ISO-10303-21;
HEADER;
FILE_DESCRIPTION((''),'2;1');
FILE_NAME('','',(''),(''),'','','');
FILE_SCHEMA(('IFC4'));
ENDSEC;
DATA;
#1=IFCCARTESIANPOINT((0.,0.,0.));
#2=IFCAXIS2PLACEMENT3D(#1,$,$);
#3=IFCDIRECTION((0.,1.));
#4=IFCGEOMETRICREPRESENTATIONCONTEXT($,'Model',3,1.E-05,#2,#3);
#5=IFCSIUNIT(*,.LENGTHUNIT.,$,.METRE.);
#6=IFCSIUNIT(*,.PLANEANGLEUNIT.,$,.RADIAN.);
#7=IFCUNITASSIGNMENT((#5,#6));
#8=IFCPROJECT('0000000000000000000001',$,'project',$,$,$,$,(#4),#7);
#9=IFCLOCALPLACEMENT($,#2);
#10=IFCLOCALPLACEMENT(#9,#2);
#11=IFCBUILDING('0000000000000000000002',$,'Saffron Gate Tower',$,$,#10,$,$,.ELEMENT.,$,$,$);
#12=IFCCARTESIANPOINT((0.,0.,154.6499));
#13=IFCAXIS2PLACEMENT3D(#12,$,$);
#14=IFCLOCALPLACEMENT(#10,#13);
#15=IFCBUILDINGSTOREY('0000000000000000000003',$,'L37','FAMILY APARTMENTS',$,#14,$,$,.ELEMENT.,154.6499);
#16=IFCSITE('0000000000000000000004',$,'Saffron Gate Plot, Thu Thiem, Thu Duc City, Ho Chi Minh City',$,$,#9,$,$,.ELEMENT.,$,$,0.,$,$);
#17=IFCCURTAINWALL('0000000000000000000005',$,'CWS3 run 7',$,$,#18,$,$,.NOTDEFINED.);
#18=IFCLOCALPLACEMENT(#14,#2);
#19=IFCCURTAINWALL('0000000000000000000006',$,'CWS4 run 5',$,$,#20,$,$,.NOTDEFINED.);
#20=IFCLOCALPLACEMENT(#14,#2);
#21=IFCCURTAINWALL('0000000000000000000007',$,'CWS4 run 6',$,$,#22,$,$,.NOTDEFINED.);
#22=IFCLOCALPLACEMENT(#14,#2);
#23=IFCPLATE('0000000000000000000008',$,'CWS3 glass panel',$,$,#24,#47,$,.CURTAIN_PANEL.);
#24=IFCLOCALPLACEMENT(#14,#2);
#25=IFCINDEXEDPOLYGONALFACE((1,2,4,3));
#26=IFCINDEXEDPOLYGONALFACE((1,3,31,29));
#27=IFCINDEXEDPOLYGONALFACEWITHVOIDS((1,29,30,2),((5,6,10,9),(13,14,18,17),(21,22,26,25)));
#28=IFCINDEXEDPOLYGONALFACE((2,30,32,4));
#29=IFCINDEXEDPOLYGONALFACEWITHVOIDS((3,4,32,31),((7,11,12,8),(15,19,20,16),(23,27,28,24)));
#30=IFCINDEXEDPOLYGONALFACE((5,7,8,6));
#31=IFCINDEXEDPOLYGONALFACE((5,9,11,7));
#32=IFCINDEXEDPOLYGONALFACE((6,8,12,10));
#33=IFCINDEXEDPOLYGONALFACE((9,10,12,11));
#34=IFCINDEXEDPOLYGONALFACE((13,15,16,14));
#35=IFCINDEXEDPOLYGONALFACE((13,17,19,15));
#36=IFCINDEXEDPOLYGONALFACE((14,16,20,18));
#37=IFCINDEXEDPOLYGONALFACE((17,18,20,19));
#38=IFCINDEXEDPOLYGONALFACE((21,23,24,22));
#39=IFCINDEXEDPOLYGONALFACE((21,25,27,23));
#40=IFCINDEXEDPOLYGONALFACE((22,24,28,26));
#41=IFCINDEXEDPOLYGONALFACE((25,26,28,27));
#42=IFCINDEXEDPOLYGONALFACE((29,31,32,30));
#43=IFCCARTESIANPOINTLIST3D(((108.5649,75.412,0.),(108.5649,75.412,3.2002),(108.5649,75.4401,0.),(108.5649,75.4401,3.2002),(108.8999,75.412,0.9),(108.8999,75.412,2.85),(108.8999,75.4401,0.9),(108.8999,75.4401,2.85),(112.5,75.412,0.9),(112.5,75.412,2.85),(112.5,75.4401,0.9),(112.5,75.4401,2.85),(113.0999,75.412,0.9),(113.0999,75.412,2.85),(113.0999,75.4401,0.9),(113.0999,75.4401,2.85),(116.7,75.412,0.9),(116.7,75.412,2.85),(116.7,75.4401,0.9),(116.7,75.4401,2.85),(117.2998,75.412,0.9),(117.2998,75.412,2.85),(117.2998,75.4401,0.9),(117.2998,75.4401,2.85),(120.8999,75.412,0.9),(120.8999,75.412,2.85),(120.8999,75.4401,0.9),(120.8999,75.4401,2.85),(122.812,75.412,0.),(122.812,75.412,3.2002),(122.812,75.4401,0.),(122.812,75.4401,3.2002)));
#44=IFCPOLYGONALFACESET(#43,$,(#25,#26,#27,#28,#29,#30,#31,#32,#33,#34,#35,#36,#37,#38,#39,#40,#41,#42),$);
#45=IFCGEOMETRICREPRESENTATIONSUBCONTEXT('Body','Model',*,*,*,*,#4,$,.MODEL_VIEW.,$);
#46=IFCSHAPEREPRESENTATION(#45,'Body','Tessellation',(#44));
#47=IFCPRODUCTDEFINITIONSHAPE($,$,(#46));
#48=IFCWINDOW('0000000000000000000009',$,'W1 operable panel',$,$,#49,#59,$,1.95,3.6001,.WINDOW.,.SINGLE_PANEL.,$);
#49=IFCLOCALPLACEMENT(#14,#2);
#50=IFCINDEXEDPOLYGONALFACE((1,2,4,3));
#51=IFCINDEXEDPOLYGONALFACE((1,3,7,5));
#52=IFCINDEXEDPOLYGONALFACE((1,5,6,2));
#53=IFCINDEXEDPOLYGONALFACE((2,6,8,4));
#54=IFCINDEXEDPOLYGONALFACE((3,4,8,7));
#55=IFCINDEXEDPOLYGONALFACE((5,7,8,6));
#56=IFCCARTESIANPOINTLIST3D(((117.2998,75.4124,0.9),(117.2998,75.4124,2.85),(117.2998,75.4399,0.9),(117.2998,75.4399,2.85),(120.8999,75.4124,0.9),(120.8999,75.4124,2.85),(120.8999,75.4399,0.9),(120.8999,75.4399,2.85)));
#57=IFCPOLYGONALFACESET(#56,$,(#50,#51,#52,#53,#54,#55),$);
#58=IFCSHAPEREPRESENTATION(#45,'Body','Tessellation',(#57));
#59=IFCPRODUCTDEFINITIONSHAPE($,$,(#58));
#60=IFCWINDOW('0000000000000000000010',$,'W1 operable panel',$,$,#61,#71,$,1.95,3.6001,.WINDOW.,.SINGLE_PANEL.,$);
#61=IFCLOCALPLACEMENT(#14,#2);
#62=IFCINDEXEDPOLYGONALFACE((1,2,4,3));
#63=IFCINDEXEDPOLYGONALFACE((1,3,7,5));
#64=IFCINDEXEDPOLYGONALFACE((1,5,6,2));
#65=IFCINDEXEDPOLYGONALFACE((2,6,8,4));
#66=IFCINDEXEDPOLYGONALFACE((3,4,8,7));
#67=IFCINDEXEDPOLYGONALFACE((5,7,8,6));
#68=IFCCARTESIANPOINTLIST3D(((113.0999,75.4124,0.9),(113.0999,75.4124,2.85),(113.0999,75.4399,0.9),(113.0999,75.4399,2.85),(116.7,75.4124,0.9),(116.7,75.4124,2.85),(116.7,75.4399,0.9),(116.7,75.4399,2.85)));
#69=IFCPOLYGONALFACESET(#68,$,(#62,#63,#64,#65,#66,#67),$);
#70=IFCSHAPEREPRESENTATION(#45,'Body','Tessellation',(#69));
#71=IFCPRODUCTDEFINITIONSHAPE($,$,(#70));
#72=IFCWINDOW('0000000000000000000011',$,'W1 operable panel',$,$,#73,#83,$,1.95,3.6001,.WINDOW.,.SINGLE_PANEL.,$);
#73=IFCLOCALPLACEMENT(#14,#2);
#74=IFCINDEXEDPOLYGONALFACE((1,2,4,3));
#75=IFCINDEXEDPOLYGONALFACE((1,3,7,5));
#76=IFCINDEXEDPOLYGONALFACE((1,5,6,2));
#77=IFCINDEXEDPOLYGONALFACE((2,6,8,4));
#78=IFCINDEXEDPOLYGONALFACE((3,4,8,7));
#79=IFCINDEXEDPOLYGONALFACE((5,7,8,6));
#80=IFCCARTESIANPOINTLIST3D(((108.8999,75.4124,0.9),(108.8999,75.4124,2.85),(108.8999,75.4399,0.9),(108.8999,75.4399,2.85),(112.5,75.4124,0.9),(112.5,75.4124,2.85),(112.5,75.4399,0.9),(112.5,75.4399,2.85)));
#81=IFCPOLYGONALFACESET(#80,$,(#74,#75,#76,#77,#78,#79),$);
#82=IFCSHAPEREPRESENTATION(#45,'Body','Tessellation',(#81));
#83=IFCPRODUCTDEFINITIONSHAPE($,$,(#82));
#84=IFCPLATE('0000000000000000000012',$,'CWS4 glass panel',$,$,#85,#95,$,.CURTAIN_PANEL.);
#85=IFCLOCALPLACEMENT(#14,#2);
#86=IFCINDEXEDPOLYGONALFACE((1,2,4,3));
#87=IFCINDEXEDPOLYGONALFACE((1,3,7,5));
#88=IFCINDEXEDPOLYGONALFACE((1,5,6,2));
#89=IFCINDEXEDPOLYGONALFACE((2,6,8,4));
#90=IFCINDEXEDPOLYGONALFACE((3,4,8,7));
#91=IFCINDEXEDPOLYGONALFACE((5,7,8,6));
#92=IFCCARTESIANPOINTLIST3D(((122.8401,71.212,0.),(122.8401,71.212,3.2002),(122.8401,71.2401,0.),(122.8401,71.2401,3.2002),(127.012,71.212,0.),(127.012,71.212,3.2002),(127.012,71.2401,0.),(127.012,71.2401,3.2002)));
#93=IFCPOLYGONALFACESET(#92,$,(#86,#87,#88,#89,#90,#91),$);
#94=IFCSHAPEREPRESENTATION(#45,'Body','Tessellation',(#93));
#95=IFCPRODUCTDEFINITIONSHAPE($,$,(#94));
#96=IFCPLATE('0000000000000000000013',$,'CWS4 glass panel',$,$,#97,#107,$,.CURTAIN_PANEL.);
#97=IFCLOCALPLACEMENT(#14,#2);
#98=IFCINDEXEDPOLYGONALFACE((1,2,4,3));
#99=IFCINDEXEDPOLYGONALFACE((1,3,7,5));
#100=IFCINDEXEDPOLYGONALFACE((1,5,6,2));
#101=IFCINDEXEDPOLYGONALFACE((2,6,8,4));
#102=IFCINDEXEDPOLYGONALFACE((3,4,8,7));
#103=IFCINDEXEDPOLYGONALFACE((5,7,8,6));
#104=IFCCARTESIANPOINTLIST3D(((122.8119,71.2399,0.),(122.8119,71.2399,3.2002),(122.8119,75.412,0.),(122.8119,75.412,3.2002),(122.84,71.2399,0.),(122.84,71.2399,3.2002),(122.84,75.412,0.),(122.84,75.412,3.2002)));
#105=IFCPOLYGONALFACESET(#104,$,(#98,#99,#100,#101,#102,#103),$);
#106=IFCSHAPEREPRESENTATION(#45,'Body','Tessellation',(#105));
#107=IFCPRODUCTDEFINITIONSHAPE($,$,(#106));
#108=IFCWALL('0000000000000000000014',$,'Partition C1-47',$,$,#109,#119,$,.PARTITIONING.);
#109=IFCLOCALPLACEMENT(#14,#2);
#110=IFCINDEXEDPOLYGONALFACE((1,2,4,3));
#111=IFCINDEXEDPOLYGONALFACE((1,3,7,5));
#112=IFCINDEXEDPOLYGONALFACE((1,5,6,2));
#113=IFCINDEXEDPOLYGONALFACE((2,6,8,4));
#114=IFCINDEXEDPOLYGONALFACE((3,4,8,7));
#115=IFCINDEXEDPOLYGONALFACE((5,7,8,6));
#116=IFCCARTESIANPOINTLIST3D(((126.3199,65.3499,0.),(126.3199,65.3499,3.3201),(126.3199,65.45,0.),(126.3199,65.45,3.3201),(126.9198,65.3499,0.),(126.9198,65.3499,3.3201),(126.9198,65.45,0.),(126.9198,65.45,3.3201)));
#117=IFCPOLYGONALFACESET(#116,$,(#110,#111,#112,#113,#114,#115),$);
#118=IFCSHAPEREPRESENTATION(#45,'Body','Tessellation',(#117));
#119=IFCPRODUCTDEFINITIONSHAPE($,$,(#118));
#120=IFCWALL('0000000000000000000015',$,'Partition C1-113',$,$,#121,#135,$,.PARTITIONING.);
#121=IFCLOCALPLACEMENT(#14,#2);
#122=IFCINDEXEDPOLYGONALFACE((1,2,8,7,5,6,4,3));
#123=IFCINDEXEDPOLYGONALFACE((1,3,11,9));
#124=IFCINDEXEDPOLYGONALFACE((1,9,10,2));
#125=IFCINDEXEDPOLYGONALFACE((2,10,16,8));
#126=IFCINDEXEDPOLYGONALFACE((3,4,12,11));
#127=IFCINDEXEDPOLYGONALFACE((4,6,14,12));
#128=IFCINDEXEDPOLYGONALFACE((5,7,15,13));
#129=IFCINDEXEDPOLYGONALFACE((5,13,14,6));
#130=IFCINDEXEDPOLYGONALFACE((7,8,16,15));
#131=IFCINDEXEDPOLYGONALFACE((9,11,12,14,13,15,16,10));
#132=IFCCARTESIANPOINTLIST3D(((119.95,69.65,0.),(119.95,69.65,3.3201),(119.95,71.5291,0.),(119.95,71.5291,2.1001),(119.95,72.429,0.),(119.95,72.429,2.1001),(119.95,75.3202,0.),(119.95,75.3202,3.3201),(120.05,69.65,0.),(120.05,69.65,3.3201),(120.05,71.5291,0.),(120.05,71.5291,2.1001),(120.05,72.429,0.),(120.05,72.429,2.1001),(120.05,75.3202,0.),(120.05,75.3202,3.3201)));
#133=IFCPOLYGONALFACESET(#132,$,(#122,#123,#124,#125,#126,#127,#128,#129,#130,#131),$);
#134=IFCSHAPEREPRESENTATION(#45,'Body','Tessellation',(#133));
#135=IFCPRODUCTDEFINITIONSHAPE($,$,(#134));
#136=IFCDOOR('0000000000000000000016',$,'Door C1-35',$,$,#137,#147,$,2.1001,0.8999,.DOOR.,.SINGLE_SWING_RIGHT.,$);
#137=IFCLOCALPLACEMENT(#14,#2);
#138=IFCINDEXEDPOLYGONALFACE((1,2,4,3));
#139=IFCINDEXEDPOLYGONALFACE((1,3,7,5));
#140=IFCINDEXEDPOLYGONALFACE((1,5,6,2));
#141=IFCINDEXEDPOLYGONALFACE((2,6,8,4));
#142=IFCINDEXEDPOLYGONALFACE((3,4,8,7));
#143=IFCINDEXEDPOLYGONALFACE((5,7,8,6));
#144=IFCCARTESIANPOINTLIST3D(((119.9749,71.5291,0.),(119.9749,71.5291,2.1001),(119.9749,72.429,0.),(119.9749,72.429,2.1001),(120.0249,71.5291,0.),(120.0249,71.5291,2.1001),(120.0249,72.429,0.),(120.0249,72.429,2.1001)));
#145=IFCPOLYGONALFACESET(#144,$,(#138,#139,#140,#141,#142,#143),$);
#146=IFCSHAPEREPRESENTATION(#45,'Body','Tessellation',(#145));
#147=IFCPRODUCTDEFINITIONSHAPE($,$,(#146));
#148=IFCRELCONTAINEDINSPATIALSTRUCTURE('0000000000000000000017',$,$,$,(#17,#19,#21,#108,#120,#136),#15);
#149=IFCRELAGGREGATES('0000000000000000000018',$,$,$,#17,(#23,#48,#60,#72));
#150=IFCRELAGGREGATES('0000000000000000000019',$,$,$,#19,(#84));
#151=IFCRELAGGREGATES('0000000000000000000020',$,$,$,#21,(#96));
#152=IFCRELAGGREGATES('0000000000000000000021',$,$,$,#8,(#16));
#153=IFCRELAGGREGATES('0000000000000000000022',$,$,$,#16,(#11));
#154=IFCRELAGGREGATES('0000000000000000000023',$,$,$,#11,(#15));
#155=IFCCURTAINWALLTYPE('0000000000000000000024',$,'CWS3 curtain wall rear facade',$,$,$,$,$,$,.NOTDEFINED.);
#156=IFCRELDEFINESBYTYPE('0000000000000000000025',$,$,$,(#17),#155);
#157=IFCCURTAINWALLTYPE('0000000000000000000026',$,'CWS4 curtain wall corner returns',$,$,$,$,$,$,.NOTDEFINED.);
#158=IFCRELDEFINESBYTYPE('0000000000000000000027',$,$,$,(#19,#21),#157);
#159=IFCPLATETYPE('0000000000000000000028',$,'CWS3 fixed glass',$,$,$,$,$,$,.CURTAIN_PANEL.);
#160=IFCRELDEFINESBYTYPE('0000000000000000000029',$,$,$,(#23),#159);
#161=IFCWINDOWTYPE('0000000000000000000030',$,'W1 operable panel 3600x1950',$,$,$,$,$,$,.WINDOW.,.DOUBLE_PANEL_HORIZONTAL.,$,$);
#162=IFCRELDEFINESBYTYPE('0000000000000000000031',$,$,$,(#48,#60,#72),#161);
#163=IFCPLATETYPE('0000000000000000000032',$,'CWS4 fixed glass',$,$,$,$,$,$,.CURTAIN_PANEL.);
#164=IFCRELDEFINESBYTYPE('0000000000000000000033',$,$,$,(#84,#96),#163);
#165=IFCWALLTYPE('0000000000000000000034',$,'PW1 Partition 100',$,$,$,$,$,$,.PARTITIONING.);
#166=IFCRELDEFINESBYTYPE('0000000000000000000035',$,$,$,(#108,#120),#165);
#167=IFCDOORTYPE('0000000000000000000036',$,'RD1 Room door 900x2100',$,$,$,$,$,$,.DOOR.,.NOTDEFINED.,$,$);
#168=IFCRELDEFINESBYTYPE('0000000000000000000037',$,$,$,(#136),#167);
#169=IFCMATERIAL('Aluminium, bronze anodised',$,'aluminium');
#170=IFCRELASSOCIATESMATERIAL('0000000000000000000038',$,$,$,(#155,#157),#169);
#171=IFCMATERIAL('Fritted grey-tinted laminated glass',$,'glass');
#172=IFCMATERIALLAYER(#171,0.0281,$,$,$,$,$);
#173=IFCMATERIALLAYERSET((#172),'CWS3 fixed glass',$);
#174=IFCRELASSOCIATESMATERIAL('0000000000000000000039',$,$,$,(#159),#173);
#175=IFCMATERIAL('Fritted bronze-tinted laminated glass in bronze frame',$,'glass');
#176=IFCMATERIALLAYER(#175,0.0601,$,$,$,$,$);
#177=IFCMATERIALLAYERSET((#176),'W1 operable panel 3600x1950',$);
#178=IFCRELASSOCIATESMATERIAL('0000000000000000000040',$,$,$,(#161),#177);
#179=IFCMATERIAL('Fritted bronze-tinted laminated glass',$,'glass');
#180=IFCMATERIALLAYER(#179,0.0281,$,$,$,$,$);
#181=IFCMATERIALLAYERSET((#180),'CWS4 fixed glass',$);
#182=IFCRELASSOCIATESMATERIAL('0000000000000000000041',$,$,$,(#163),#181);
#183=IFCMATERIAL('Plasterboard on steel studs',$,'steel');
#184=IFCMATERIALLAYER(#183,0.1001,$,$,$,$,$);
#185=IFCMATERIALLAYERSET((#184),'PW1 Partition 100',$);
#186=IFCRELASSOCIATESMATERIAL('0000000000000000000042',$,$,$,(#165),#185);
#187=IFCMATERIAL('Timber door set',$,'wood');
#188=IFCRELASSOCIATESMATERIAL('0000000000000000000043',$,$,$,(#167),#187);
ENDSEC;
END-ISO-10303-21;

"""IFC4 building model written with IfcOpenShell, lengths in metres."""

from ifc_helpers import new_model, si_unit, direction, frame, frame_2d, origin, place, context, subcontext, project, spatial, rectangle, extrude, material, layer, layer_set, type_object, element, fill, aggregate, save


model = new_model("IFC4")

# Units and contexts
model_context = context("Model", 3, precision=1e-05, world=origin(), true_north=direction((0.0, 1.0)))
body_context = subcontext(model_context, "Body", "Model", "MODEL_VIEW")
ifc_project = project(units=[si_unit("LENGTHUNIT", "METRE"), si_unit("PLANEANGLEUNIT", "RADIAN")], contexts=[model_context])

# Site, building, storey
site_placement = place(None, origin())
site = spatial("IfcSite", under=ifc_project, at=site_placement, Name="Saffron Gate Plot, Thu Thiem, Thu Duc City, Ho Chi Minh City", CompositionType="ELEMENT", RefElevation=0.0)
building_placement = place(site_placement, origin())
building = spatial("IfcBuilding", under=site, at=building_placement, Name="Saffron Gate Tower", CompositionType="ELEMENT")
storey_placement = place(building_placement, frame((0.0, 0.0, 154.6499)))
storey = spatial("IfcBuildingStorey", under=building, at=storey_placement, Name="L37", Description="FAMILY APARTMENTS", CompositionType="ELEMENT", Elevation=154.6499)

# Shared definitions
ifc_material_1 = material(Name="Aluminium, bronze anodised", Category="aluminium")

# Curtain wall
curtain_wall_type_1 = type_object("IfcCurtainWallType", Name="CWS3 curtain wall rear facade", PredefinedType="NOTDEFINED", material=ifc_material_1)
curtain_wall_1_placement = place(storey_placement, origin())
curtain_wall_1 = element("IfcCurtainWall", 1, at=curtain_wall_1_placement, inside=storey, type_object=curtain_wall_type_1, Name="CWS3 run 7", PredefinedType="NOTDEFINED")

# Curtain walls
curtain_wall_type_2 = type_object("IfcCurtainWallType", Name="CWS4 curtain wall corner returns", PredefinedType="NOTDEFINED", material=ifc_material_1)
curtain_wall_2_placement = place(storey_placement, origin())
curtain_wall_2 = element("IfcCurtainWall", 2, at=curtain_wall_2_placement, inside=storey, type_object=curtain_wall_type_2, Name="CWS4 run 5", PredefinedType="NOTDEFINED")
curtain_wall_3_placement = place(storey_placement, origin())
curtain_wall_3 = element("IfcCurtainWall", 3, at=curtain_wall_3_placement, inside=storey, type_object=curtain_wall_type_2, Name="CWS4 run 6", PredefinedType="NOTDEFINED")

# Plate, openings, windows
ifc_material_2 = material(Name="Fritted grey-tinted laminated glass", Category="glass")
ifc_layer_1 = layer(ifc_material_2, 0.0281)
ifc_layer_set_1 = layer_set([ifc_layer_1], Name="CWS3 fixed glass")
plate_type_1 = type_object("IfcPlateType", Name="CWS3 fixed glass", PredefinedType="CURTAIN_PANEL", material=ifc_layer_set_1)
plate_1_placement = place(storey_placement, frame((122.812, 75.426, 0.0), z_axis=(0.0, 0.0, 1.0), x_axis=(-1.0, 0.0, 0.0)))
plate_1 = element("IfcPlate", 4, at=plate_1_placement, type_object=plate_type_1, Name="CWS3 glass panel", PredefinedType="CURTAIN_PANEL", context=body_context, shape_type="SweptSolid", body=[
    extrude(rectangle(XDim=14.2471, YDim=0.0281, at=frame_2d((7.1235, 0.0))), origin(), (0.0, 0.0, 1.0), 3.2002),
])
opening_1_placement = place(plate_1_placement, frame((1.9121, 0.0, 0.8999)))
opening_1 = element("IfcOpeningElement", 5, at=opening_1_placement, cuts=plate_1, PredefinedType="OPENING", context=body_context, shape_type="SweptSolid", body=[
    extrude(rectangle(XDim=3.6001, YDim=1.95, at=frame_2d((1.8, 0.9751))), frame((0.0, 0.0239, 0.0), z_axis=(0.0, -1.0, 0.0), x_axis=(1.0, 0.0, 0.0)), (0.0, 0.0, 1.0), 0.0481),
])
opening_2_placement = place(plate_1_placement, frame((6.1121, 0.0, 0.8999)))
opening_2 = element("IfcOpeningElement", 6, at=opening_2_placement, cuts=plate_1, PredefinedType="OPENING", context=body_context, shape_type="SweptSolid", body=[
    extrude(rectangle(XDim=3.6001, YDim=1.95, at=frame_2d((1.8, 0.9751))), frame((0.0, 0.0239, 0.0), z_axis=(0.0, -1.0, 0.0), x_axis=(1.0, 0.0, 0.0)), (0.0, 0.0, 1.0), 0.0481),
])
opening_3_placement = place(plate_1_placement, frame((10.312, 0.0, 0.8999)))
opening_3 = element("IfcOpeningElement", 7, at=opening_3_placement, cuts=plate_1, PredefinedType="OPENING", context=body_context, shape_type="SweptSolid", body=[
    extrude(rectangle(XDim=3.6001, YDim=1.95, at=frame_2d((1.8, 0.9751))), frame((0.0, 0.0239, 0.0), z_axis=(0.0, -1.0, 0.0), x_axis=(1.0, 0.0, 0.0)), (0.0, 0.0, 1.0), 0.0481),
])
ifc_material_3 = material(Name="Fritted bronze-tinted laminated glass in bronze frame", Category="glass")
ifc_layer_2 = layer(ifc_material_3, 0.0601)
ifc_layer_set_2 = layer_set([ifc_layer_2], Name="W1 operable panel 3600x1950")
window_type = type_object("IfcWindowType", Name="W1 operable panel 3600x1950", PartitioningType="DOUBLE_PANEL_HORIZONTAL", PredefinedType="WINDOW", material=ifc_layer_set_2)
window_1_placement = place(opening_1_placement, origin())
window_1 = element("IfcWindow", 8, at=window_1_placement, type_object=window_type, Name="W1 operable panel", OverallHeight=1.95, OverallWidth=3.6001, PartitioningType="SINGLE_PANEL", PredefinedType="WINDOW", context=body_context, shape_type="SweptSolid", body=[
    extrude(rectangle(XDim=3.6001, YDim=1.95, at=frame_2d((1.8, 0.9751))), frame((0.0, 0.0137, 0.0), z_axis=(0.0, -1.0, 0.0), x_axis=(1.0, 0.0, 0.0)), (0.0, 0.0, 1.0), 0.0276),
])
fill(opening_1, window_1)
window_2_placement = place(opening_2_placement, origin())
window_2 = element("IfcWindow", 9, at=window_2_placement, type_object=window_type, Name="W1 operable panel", OverallHeight=1.95, OverallWidth=3.6001, PartitioningType="SINGLE_PANEL", PredefinedType="WINDOW", context=body_context, shape_type="SweptSolid", body=[
    extrude(rectangle(XDim=3.6001, YDim=1.95, at=frame_2d((1.8, 0.9751))), frame((0.0, 0.0137, 0.0), z_axis=(0.0, -1.0, 0.0), x_axis=(1.0, 0.0, 0.0)), (0.0, 0.0, 1.0), 0.0276),
])
fill(opening_2, window_2)
window_3_placement = place(opening_3_placement, origin())
window_3 = element("IfcWindow", 10, at=window_3_placement, type_object=window_type, Name="W1 operable panel", OverallHeight=1.95, OverallWidth=3.6001, PartitioningType="SINGLE_PANEL", PredefinedType="WINDOW", context=body_context, shape_type="SweptSolid", body=[
    extrude(rectangle(XDim=3.6001, YDim=1.95, at=frame_2d((1.8, 0.9751))), frame((0.0, 0.0137, 0.0), z_axis=(0.0, -1.0, 0.0), x_axis=(1.0, 0.0, 0.0)), (0.0, 0.0, 1.0), 0.0276),
])
fill(opening_3, window_3)
aggregate(curtain_wall_1, [plate_1, window_1, window_2, window_3])

# Plates
ifc_material_4 = material(Name="Fritted bronze-tinted laminated glass", Category="glass")
ifc_layer_3 = layer(ifc_material_4, 0.0281)
ifc_layer_set_3 = layer_set([ifc_layer_3], Name="CWS4 fixed glass")
plate_type_2 = type_object("IfcPlateType", Name="CWS4 fixed glass", PredefinedType="CURTAIN_PANEL", material=ifc_layer_set_3)
plate_2_placement = place(storey_placement, frame((127.012, 71.2261, 0.0), z_axis=(0.0, 0.0, 1.0), x_axis=(-1.0, 0.0, 0.0)))
plate_2 = element("IfcPlate", 11, at=plate_2_placement, type_object=plate_type_2, Name="CWS4 glass panel", PredefinedType="CURTAIN_PANEL", context=body_context, shape_type="SweptSolid", body=[
    extrude(rectangle(XDim=4.1719, YDim=0.0281, at=frame_2d((2.0859, 0.0))), origin(), (0.0, 0.0, 1.0), 3.2002),
])
aggregate(curtain_wall_2, [plate_2])
plate_3_placement = place(storey_placement, frame((122.8259, 71.24, 0.0), z_axis=(0.0, 0.0, 1.0), x_axis=(0.0, 1.0, 0.0)))
plate_3 = element("IfcPlate", 12, at=plate_3_placement, type_object=plate_type_2, Name="CWS4 glass panel", PredefinedType="CURTAIN_PANEL", context=body_context, shape_type="SweptSolid", body=[
    extrude(rectangle(XDim=4.1721, YDim=0.0281, at=frame_2d((2.0859, 0.0))), origin(), (0.0, 0.0, 1.0), 3.2002),
])
aggregate(curtain_wall_3, [plate_3])

# Wall
ifc_material_5 = material(Name="Plasterboard on steel studs", Category="steel")
ifc_layer_4 = layer(ifc_material_5, 0.1001)
ifc_layer_set_4 = layer_set([ifc_layer_4], Name="PW1 Partition 100")
wall_type = type_object("IfcWallType", Name="PW1 Partition 100", PredefinedType="PARTITIONING", material=ifc_layer_set_4)
wall_1_placement = place(storey_placement, frame((126.3201, 65.3999, 0.0), z_axis=(0.0, 0.0, 1.0), x_axis=(1.0, 0.0, 0.0)))
element("IfcWall", 13, at=wall_1_placement, inside=storey, type_object=wall_type, Name="Partition C1-47", PredefinedType="PARTITIONING", context=body_context, shape_type="SweptSolid", body=[
    extrude(rectangle(XDim=0.5999, YDim=0.1001, at=frame_2d((0.2998, 0.0))), origin(), (0.0, 0.0, 1.0), 3.3201),
])

# Wall, opening, door
wall_2_placement = place(storey_placement, frame((120.0, 75.3201, 0.0), z_axis=(0.0, 0.0, 1.0), x_axis=(0.0, -1.0, 0.0)))
wall_2 = element("IfcWall", 14, at=wall_2_placement, inside=storey, type_object=wall_type, Name="Partition C1-113", PredefinedType="PARTITIONING", context=body_context, shape_type="SweptSolid", body=[
    extrude(rectangle(XDim=5.6702, YDim=0.1001, at=frame_2d((2.835, 0.0))), origin(), (0.0, 0.0, 1.0), 3.3201),
])
opening_4_placement = place(wall_2_placement, frame((2.8911, 0.0, 0.0)))
opening_4 = element("IfcOpeningElement", 15, at=opening_4_placement, cuts=wall_2, PredefinedType="OPENING", context=body_context, shape_type="SweptSolid", body=[
    extrude(rectangle(XDim=0.8999, YDim=2.1001, at=frame_2d((0.45, 1.05))), frame((0.0, 0.0601, 0.0), z_axis=(0.0, -1.0, 0.0), x_axis=(1.0, 0.0, 0.0)), (0.0, 0.0, 1.0), 0.1201),
])
ifc_material_6 = material(Name="Timber door set", Category="wood")
door_type = type_object("IfcDoorType", Name="RD1 Room door 900x2100", OperationType="NOTDEFINED", PredefinedType="DOOR", material=ifc_material_6)
door_placement = place(opening_4_placement, origin())
door = element("IfcDoor", 16, at=door_placement, inside=storey, type_object=door_type, Name="Door C1-35", OperationType="SINGLE_SWING_RIGHT", OverallHeight=2.1001, OverallWidth=0.8999, PredefinedType="DOOR", context=body_context, shape_type="SweptSolid", body=[
    extrude(rectangle(XDim=0.8999, YDim=2.1001, at=frame_2d((0.45, 1.05))), frame((0.0, 0.0249, 0.0), z_axis=(0.0, -1.0, 0.0), x_axis=(1.0, 0.0, 0.0)), (0.0, 0.0, 1.0), 0.05),
])
fill(opening_4, door)

save(model, "model.ifc")
